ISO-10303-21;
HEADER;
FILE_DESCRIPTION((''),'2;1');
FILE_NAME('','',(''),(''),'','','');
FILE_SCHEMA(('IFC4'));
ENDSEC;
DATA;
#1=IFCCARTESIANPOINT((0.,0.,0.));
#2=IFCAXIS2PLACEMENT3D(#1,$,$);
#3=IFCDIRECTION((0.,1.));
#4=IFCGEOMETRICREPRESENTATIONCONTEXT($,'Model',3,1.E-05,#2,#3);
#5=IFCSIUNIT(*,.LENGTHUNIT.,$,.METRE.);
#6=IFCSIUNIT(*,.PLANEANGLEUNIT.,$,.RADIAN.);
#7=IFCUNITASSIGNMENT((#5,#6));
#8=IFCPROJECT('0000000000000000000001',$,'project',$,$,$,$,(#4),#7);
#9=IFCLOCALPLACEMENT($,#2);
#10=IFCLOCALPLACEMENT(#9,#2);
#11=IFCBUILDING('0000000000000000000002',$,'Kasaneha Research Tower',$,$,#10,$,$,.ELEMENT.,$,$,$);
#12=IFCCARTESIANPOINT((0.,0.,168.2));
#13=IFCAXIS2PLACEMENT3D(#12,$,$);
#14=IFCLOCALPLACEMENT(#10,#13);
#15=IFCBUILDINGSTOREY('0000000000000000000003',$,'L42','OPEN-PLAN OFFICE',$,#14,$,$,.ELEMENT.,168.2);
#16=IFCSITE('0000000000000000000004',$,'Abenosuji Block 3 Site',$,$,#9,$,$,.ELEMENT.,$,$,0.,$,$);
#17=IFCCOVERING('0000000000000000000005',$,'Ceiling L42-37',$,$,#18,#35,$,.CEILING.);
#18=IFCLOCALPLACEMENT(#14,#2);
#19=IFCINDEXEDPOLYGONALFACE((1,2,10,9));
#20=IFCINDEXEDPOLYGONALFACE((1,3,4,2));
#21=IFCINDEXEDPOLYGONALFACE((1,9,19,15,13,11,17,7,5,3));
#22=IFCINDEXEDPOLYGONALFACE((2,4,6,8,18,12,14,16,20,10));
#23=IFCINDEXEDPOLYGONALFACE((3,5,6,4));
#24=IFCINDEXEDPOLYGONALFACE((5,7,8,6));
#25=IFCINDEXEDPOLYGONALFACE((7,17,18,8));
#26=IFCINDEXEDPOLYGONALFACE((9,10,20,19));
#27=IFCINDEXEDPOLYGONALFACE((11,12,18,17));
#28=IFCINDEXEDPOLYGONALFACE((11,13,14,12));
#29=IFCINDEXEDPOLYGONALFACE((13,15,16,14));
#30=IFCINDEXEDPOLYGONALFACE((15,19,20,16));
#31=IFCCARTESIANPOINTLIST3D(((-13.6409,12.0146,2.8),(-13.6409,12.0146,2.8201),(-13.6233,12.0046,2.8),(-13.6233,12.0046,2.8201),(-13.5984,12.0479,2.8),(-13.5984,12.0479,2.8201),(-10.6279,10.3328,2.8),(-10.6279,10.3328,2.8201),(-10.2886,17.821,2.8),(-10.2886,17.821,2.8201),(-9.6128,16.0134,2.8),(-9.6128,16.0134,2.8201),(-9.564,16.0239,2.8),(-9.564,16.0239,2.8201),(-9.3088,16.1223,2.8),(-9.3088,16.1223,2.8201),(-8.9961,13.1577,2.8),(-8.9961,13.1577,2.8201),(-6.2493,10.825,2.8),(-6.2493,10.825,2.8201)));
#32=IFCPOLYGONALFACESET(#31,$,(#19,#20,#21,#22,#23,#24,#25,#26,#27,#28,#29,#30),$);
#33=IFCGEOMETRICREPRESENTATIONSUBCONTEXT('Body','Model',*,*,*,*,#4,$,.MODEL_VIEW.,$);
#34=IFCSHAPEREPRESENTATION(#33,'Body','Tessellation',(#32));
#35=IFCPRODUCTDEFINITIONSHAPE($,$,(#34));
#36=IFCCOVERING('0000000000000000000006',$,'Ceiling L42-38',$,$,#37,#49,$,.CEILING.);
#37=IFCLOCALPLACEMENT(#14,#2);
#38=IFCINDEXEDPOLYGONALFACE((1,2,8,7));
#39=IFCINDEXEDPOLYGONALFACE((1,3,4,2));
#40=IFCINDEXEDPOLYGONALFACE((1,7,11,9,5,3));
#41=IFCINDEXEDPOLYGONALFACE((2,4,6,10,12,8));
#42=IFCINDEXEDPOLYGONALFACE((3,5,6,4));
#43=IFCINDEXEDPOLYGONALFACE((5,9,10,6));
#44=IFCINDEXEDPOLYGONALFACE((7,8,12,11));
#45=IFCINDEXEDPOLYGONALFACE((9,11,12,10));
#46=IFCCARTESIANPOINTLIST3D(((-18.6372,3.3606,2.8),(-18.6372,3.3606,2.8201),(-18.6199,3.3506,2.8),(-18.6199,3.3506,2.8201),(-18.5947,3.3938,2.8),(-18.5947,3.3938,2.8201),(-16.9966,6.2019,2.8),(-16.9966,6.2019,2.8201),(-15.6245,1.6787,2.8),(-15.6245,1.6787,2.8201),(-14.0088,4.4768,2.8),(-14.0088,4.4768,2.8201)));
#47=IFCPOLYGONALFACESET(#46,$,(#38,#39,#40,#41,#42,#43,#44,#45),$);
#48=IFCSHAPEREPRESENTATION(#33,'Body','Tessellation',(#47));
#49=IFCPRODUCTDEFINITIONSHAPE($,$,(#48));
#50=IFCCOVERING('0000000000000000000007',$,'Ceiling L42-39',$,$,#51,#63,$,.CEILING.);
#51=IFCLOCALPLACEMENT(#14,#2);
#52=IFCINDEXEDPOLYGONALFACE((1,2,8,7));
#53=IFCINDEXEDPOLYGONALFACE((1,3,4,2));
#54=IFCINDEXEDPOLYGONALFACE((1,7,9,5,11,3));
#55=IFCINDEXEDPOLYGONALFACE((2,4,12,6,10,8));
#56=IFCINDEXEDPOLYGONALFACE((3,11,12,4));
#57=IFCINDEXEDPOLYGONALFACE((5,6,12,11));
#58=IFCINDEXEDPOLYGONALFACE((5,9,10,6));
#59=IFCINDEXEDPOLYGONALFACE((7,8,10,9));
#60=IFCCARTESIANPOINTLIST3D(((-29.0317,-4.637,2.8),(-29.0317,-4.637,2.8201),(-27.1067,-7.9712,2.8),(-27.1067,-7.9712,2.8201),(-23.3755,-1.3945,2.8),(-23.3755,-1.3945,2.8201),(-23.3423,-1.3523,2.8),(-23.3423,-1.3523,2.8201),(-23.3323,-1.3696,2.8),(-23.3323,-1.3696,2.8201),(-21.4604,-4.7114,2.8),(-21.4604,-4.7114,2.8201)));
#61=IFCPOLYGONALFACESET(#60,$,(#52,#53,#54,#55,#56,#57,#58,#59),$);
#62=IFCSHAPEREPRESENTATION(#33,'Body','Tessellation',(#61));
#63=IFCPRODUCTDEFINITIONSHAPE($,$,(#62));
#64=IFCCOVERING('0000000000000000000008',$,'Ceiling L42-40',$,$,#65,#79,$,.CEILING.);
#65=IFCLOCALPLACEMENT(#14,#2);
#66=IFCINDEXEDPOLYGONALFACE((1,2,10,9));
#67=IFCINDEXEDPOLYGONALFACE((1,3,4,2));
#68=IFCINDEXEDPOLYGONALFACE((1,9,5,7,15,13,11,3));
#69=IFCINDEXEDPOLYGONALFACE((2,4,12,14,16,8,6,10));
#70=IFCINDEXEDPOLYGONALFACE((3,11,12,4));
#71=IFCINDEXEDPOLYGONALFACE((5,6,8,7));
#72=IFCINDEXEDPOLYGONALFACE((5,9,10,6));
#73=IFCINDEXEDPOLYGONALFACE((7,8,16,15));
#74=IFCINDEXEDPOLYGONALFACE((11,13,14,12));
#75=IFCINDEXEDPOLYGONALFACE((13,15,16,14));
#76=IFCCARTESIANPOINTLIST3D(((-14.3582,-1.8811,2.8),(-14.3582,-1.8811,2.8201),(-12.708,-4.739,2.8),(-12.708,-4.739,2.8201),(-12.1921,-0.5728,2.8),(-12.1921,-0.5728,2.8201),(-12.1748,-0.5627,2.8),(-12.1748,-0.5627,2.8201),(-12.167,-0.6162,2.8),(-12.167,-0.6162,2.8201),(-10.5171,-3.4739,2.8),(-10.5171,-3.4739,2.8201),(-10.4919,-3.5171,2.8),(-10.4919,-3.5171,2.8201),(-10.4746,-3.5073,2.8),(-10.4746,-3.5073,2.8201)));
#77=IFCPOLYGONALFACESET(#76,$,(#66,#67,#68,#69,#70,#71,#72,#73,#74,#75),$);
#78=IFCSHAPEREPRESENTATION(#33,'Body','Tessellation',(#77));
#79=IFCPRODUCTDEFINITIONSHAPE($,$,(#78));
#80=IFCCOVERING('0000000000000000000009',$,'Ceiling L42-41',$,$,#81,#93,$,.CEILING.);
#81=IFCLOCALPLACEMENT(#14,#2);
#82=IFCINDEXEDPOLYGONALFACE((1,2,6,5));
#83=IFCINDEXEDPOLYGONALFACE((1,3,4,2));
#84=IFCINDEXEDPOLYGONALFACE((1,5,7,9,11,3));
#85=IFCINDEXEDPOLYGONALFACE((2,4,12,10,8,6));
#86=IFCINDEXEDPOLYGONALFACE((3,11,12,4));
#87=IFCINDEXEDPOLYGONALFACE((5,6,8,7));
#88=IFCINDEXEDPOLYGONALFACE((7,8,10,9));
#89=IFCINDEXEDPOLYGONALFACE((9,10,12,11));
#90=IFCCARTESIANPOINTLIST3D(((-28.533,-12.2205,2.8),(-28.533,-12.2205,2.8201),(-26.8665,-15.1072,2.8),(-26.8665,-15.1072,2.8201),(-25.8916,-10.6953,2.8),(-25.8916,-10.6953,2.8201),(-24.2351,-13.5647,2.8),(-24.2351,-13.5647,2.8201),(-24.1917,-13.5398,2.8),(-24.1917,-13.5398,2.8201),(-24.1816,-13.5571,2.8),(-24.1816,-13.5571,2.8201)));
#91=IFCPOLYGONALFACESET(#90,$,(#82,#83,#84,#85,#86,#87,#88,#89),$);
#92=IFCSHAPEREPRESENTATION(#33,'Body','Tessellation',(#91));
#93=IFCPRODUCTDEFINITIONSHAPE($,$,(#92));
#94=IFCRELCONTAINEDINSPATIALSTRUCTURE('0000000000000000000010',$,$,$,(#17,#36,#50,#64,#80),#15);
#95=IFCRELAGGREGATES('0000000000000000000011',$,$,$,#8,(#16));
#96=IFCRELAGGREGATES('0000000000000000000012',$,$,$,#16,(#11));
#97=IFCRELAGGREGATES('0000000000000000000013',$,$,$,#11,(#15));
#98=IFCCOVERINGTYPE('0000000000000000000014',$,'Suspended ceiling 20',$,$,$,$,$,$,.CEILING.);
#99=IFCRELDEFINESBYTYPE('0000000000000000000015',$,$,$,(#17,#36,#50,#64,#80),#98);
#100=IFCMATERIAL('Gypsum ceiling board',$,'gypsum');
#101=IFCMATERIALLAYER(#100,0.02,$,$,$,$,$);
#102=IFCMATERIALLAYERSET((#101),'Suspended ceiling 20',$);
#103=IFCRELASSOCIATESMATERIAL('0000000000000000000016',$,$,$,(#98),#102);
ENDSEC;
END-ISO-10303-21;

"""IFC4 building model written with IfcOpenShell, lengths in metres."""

from ifc_helpers import new_model, si_unit, direction, frame, origin, place, context, subcontext, project, spatial, polyline, outline, extrude, material, layer, layer_set, type_object, element, save


model = new_model("IFC4")

# Units and contexts
model_context = context("Model", 3, precision=1e-05, world=origin(), true_north=direction((0.0, 1.0)))
body_context = subcontext(model_context, "Body", "Model", "MODEL_VIEW")
ifc_project = project(units=[si_unit("LENGTHUNIT", "METRE"), si_unit("PLANEANGLEUNIT", "RADIAN")], contexts=[model_context])

# Site, building, storey
site_placement = place(None, origin())
site = spatial("IfcSite", under=ifc_project, at=site_placement, Name="Abenosuji Block 3 Site", CompositionType="ELEMENT", RefElevation=0.0)
building_placement = place(site_placement, origin())
building = spatial("IfcBuilding", under=site, at=building_placement, Name="Kasaneha Research Tower", CompositionType="ELEMENT")
storey_placement = place(building_placement, frame((0.0, 0.0, 168.2)))
storey = spatial("IfcBuildingStorey", under=building, at=storey_placement, Name="L42", Description="OPEN-PLAN OFFICE", CompositionType="ELEMENT", Elevation=168.2)

# Coverings
ifc_material_1 = material(Name="Gypsum ceiling board", Category="gypsum")
ifc_layer_1 = layer(ifc_material_1, 0.02)
ifc_layer_set_1 = layer_set([ifc_layer_1], Name="Suspended ceiling 20")
covering_type_1 = type_object("IfcCoveringType", Name="Suspended ceiling 20", PredefinedType="CEILING", material=ifc_layer_set_1)
covering_1_placement = place(storey_placement, frame((0.0, 0.0, 2.8)))
element("IfcCovering", 1, at=covering_1_placement, inside=storey, type_object=covering_type_1, Name="Ceiling L42-37", PredefinedType="CEILING", context=body_context, shape_type="SweptSolid", body=[
    extrude(outline(polyline([(-6.2493, 10.825), (-9.3088, 16.1223), (-9.564, 16.0239), (-9.564, 16.0239), (-9.6128, 16.0134), (-8.9961, 13.1577), (-10.6279, 10.3328), (-13.5984, 12.0479), (-13.6233, 12.0046), (-13.6409, 12.0146), (-10.2886, 17.821), (-6.2493, 10.825)])), origin(), (0.0, 0.0, 1.0), 0.02),
])
covering_2_placement = place(storey_placement, frame((0.0, 0.0, 2.8)))
element("IfcCovering", 2, at=covering_2_placement, inside=storey, type_object=covering_type_1, Name="Ceiling L42-38", PredefinedType="CEILING", context=body_context, shape_type="SweptSolid", body=[
    extrude(outline(polyline([(-16.9966, 6.2019), (-14.0088, 4.4768), (-15.6245, 1.6787), (-18.5947, 3.3938), (-18.6199, 3.3506), (-18.6372, 3.3606), (-16.9966, 6.2019)])), origin(), (0.0, 0.0, 1.0), 0.02),
])
covering_3_placement = place(storey_placement, frame((0.0, 0.0, 2.8)))
element("IfcCovering", 3, at=covering_3_placement, inside=storey, type_object=covering_type_1, Name="Ceiling L42-39", PredefinedType="CEILING", context=body_context, shape_type="SweptSolid", body=[
    extrude(outline(polyline([(-23.3423, -1.3523), (-23.3323, -1.3696), (-23.3755, -1.3945), (-21.4604, -4.7114), (-27.1067, -7.9712), (-29.0317, -4.637), (-23.3423, -1.3523)])), origin(), (0.0, 0.0, 1.0), 0.02),
])
covering_4_placement = place(storey_placement, frame((0.0, 0.0, 2.8)))
element("IfcCovering", 4, at=covering_4_placement, inside=storey, type_object=covering_type_1, Name="Ceiling L42-40", PredefinedType="CEILING", context=body_context, shape_type="SweptSolid", body=[
    extrude(outline(polyline([(-10.4746, -3.5073), (-10.4919, -3.5171), (-10.5171, -3.4739), (-12.708, -4.739), (-14.3582, -1.8811), (-12.167, -0.6162), (-12.1921, -0.5728), (-12.1748, -0.5627), (-10.4746, -3.5073)])), origin(), (0.0, 0.0, 1.0), 0.02),
])
covering_5_placement = place(storey_placement, frame((0.0, 0.0, 2.8)))
element("IfcCovering", 5, at=covering_5_placement, inside=storey, type_object=covering_type_1, Name="Ceiling L42-41", PredefinedType="CEILING", context=body_context, shape_type="SweptSolid", body=[
    extrude(outline(polyline([(-28.533, -12.2205), (-25.8916, -10.6953), (-24.2351, -13.5647), (-24.1917, -13.5398), (-24.1816, -13.5571), (-26.8665, -15.1072), (-28.533, -12.2205)])), origin(), (0.0, 0.0, 1.0), 0.02),
])

save(model, "model.ifc")
